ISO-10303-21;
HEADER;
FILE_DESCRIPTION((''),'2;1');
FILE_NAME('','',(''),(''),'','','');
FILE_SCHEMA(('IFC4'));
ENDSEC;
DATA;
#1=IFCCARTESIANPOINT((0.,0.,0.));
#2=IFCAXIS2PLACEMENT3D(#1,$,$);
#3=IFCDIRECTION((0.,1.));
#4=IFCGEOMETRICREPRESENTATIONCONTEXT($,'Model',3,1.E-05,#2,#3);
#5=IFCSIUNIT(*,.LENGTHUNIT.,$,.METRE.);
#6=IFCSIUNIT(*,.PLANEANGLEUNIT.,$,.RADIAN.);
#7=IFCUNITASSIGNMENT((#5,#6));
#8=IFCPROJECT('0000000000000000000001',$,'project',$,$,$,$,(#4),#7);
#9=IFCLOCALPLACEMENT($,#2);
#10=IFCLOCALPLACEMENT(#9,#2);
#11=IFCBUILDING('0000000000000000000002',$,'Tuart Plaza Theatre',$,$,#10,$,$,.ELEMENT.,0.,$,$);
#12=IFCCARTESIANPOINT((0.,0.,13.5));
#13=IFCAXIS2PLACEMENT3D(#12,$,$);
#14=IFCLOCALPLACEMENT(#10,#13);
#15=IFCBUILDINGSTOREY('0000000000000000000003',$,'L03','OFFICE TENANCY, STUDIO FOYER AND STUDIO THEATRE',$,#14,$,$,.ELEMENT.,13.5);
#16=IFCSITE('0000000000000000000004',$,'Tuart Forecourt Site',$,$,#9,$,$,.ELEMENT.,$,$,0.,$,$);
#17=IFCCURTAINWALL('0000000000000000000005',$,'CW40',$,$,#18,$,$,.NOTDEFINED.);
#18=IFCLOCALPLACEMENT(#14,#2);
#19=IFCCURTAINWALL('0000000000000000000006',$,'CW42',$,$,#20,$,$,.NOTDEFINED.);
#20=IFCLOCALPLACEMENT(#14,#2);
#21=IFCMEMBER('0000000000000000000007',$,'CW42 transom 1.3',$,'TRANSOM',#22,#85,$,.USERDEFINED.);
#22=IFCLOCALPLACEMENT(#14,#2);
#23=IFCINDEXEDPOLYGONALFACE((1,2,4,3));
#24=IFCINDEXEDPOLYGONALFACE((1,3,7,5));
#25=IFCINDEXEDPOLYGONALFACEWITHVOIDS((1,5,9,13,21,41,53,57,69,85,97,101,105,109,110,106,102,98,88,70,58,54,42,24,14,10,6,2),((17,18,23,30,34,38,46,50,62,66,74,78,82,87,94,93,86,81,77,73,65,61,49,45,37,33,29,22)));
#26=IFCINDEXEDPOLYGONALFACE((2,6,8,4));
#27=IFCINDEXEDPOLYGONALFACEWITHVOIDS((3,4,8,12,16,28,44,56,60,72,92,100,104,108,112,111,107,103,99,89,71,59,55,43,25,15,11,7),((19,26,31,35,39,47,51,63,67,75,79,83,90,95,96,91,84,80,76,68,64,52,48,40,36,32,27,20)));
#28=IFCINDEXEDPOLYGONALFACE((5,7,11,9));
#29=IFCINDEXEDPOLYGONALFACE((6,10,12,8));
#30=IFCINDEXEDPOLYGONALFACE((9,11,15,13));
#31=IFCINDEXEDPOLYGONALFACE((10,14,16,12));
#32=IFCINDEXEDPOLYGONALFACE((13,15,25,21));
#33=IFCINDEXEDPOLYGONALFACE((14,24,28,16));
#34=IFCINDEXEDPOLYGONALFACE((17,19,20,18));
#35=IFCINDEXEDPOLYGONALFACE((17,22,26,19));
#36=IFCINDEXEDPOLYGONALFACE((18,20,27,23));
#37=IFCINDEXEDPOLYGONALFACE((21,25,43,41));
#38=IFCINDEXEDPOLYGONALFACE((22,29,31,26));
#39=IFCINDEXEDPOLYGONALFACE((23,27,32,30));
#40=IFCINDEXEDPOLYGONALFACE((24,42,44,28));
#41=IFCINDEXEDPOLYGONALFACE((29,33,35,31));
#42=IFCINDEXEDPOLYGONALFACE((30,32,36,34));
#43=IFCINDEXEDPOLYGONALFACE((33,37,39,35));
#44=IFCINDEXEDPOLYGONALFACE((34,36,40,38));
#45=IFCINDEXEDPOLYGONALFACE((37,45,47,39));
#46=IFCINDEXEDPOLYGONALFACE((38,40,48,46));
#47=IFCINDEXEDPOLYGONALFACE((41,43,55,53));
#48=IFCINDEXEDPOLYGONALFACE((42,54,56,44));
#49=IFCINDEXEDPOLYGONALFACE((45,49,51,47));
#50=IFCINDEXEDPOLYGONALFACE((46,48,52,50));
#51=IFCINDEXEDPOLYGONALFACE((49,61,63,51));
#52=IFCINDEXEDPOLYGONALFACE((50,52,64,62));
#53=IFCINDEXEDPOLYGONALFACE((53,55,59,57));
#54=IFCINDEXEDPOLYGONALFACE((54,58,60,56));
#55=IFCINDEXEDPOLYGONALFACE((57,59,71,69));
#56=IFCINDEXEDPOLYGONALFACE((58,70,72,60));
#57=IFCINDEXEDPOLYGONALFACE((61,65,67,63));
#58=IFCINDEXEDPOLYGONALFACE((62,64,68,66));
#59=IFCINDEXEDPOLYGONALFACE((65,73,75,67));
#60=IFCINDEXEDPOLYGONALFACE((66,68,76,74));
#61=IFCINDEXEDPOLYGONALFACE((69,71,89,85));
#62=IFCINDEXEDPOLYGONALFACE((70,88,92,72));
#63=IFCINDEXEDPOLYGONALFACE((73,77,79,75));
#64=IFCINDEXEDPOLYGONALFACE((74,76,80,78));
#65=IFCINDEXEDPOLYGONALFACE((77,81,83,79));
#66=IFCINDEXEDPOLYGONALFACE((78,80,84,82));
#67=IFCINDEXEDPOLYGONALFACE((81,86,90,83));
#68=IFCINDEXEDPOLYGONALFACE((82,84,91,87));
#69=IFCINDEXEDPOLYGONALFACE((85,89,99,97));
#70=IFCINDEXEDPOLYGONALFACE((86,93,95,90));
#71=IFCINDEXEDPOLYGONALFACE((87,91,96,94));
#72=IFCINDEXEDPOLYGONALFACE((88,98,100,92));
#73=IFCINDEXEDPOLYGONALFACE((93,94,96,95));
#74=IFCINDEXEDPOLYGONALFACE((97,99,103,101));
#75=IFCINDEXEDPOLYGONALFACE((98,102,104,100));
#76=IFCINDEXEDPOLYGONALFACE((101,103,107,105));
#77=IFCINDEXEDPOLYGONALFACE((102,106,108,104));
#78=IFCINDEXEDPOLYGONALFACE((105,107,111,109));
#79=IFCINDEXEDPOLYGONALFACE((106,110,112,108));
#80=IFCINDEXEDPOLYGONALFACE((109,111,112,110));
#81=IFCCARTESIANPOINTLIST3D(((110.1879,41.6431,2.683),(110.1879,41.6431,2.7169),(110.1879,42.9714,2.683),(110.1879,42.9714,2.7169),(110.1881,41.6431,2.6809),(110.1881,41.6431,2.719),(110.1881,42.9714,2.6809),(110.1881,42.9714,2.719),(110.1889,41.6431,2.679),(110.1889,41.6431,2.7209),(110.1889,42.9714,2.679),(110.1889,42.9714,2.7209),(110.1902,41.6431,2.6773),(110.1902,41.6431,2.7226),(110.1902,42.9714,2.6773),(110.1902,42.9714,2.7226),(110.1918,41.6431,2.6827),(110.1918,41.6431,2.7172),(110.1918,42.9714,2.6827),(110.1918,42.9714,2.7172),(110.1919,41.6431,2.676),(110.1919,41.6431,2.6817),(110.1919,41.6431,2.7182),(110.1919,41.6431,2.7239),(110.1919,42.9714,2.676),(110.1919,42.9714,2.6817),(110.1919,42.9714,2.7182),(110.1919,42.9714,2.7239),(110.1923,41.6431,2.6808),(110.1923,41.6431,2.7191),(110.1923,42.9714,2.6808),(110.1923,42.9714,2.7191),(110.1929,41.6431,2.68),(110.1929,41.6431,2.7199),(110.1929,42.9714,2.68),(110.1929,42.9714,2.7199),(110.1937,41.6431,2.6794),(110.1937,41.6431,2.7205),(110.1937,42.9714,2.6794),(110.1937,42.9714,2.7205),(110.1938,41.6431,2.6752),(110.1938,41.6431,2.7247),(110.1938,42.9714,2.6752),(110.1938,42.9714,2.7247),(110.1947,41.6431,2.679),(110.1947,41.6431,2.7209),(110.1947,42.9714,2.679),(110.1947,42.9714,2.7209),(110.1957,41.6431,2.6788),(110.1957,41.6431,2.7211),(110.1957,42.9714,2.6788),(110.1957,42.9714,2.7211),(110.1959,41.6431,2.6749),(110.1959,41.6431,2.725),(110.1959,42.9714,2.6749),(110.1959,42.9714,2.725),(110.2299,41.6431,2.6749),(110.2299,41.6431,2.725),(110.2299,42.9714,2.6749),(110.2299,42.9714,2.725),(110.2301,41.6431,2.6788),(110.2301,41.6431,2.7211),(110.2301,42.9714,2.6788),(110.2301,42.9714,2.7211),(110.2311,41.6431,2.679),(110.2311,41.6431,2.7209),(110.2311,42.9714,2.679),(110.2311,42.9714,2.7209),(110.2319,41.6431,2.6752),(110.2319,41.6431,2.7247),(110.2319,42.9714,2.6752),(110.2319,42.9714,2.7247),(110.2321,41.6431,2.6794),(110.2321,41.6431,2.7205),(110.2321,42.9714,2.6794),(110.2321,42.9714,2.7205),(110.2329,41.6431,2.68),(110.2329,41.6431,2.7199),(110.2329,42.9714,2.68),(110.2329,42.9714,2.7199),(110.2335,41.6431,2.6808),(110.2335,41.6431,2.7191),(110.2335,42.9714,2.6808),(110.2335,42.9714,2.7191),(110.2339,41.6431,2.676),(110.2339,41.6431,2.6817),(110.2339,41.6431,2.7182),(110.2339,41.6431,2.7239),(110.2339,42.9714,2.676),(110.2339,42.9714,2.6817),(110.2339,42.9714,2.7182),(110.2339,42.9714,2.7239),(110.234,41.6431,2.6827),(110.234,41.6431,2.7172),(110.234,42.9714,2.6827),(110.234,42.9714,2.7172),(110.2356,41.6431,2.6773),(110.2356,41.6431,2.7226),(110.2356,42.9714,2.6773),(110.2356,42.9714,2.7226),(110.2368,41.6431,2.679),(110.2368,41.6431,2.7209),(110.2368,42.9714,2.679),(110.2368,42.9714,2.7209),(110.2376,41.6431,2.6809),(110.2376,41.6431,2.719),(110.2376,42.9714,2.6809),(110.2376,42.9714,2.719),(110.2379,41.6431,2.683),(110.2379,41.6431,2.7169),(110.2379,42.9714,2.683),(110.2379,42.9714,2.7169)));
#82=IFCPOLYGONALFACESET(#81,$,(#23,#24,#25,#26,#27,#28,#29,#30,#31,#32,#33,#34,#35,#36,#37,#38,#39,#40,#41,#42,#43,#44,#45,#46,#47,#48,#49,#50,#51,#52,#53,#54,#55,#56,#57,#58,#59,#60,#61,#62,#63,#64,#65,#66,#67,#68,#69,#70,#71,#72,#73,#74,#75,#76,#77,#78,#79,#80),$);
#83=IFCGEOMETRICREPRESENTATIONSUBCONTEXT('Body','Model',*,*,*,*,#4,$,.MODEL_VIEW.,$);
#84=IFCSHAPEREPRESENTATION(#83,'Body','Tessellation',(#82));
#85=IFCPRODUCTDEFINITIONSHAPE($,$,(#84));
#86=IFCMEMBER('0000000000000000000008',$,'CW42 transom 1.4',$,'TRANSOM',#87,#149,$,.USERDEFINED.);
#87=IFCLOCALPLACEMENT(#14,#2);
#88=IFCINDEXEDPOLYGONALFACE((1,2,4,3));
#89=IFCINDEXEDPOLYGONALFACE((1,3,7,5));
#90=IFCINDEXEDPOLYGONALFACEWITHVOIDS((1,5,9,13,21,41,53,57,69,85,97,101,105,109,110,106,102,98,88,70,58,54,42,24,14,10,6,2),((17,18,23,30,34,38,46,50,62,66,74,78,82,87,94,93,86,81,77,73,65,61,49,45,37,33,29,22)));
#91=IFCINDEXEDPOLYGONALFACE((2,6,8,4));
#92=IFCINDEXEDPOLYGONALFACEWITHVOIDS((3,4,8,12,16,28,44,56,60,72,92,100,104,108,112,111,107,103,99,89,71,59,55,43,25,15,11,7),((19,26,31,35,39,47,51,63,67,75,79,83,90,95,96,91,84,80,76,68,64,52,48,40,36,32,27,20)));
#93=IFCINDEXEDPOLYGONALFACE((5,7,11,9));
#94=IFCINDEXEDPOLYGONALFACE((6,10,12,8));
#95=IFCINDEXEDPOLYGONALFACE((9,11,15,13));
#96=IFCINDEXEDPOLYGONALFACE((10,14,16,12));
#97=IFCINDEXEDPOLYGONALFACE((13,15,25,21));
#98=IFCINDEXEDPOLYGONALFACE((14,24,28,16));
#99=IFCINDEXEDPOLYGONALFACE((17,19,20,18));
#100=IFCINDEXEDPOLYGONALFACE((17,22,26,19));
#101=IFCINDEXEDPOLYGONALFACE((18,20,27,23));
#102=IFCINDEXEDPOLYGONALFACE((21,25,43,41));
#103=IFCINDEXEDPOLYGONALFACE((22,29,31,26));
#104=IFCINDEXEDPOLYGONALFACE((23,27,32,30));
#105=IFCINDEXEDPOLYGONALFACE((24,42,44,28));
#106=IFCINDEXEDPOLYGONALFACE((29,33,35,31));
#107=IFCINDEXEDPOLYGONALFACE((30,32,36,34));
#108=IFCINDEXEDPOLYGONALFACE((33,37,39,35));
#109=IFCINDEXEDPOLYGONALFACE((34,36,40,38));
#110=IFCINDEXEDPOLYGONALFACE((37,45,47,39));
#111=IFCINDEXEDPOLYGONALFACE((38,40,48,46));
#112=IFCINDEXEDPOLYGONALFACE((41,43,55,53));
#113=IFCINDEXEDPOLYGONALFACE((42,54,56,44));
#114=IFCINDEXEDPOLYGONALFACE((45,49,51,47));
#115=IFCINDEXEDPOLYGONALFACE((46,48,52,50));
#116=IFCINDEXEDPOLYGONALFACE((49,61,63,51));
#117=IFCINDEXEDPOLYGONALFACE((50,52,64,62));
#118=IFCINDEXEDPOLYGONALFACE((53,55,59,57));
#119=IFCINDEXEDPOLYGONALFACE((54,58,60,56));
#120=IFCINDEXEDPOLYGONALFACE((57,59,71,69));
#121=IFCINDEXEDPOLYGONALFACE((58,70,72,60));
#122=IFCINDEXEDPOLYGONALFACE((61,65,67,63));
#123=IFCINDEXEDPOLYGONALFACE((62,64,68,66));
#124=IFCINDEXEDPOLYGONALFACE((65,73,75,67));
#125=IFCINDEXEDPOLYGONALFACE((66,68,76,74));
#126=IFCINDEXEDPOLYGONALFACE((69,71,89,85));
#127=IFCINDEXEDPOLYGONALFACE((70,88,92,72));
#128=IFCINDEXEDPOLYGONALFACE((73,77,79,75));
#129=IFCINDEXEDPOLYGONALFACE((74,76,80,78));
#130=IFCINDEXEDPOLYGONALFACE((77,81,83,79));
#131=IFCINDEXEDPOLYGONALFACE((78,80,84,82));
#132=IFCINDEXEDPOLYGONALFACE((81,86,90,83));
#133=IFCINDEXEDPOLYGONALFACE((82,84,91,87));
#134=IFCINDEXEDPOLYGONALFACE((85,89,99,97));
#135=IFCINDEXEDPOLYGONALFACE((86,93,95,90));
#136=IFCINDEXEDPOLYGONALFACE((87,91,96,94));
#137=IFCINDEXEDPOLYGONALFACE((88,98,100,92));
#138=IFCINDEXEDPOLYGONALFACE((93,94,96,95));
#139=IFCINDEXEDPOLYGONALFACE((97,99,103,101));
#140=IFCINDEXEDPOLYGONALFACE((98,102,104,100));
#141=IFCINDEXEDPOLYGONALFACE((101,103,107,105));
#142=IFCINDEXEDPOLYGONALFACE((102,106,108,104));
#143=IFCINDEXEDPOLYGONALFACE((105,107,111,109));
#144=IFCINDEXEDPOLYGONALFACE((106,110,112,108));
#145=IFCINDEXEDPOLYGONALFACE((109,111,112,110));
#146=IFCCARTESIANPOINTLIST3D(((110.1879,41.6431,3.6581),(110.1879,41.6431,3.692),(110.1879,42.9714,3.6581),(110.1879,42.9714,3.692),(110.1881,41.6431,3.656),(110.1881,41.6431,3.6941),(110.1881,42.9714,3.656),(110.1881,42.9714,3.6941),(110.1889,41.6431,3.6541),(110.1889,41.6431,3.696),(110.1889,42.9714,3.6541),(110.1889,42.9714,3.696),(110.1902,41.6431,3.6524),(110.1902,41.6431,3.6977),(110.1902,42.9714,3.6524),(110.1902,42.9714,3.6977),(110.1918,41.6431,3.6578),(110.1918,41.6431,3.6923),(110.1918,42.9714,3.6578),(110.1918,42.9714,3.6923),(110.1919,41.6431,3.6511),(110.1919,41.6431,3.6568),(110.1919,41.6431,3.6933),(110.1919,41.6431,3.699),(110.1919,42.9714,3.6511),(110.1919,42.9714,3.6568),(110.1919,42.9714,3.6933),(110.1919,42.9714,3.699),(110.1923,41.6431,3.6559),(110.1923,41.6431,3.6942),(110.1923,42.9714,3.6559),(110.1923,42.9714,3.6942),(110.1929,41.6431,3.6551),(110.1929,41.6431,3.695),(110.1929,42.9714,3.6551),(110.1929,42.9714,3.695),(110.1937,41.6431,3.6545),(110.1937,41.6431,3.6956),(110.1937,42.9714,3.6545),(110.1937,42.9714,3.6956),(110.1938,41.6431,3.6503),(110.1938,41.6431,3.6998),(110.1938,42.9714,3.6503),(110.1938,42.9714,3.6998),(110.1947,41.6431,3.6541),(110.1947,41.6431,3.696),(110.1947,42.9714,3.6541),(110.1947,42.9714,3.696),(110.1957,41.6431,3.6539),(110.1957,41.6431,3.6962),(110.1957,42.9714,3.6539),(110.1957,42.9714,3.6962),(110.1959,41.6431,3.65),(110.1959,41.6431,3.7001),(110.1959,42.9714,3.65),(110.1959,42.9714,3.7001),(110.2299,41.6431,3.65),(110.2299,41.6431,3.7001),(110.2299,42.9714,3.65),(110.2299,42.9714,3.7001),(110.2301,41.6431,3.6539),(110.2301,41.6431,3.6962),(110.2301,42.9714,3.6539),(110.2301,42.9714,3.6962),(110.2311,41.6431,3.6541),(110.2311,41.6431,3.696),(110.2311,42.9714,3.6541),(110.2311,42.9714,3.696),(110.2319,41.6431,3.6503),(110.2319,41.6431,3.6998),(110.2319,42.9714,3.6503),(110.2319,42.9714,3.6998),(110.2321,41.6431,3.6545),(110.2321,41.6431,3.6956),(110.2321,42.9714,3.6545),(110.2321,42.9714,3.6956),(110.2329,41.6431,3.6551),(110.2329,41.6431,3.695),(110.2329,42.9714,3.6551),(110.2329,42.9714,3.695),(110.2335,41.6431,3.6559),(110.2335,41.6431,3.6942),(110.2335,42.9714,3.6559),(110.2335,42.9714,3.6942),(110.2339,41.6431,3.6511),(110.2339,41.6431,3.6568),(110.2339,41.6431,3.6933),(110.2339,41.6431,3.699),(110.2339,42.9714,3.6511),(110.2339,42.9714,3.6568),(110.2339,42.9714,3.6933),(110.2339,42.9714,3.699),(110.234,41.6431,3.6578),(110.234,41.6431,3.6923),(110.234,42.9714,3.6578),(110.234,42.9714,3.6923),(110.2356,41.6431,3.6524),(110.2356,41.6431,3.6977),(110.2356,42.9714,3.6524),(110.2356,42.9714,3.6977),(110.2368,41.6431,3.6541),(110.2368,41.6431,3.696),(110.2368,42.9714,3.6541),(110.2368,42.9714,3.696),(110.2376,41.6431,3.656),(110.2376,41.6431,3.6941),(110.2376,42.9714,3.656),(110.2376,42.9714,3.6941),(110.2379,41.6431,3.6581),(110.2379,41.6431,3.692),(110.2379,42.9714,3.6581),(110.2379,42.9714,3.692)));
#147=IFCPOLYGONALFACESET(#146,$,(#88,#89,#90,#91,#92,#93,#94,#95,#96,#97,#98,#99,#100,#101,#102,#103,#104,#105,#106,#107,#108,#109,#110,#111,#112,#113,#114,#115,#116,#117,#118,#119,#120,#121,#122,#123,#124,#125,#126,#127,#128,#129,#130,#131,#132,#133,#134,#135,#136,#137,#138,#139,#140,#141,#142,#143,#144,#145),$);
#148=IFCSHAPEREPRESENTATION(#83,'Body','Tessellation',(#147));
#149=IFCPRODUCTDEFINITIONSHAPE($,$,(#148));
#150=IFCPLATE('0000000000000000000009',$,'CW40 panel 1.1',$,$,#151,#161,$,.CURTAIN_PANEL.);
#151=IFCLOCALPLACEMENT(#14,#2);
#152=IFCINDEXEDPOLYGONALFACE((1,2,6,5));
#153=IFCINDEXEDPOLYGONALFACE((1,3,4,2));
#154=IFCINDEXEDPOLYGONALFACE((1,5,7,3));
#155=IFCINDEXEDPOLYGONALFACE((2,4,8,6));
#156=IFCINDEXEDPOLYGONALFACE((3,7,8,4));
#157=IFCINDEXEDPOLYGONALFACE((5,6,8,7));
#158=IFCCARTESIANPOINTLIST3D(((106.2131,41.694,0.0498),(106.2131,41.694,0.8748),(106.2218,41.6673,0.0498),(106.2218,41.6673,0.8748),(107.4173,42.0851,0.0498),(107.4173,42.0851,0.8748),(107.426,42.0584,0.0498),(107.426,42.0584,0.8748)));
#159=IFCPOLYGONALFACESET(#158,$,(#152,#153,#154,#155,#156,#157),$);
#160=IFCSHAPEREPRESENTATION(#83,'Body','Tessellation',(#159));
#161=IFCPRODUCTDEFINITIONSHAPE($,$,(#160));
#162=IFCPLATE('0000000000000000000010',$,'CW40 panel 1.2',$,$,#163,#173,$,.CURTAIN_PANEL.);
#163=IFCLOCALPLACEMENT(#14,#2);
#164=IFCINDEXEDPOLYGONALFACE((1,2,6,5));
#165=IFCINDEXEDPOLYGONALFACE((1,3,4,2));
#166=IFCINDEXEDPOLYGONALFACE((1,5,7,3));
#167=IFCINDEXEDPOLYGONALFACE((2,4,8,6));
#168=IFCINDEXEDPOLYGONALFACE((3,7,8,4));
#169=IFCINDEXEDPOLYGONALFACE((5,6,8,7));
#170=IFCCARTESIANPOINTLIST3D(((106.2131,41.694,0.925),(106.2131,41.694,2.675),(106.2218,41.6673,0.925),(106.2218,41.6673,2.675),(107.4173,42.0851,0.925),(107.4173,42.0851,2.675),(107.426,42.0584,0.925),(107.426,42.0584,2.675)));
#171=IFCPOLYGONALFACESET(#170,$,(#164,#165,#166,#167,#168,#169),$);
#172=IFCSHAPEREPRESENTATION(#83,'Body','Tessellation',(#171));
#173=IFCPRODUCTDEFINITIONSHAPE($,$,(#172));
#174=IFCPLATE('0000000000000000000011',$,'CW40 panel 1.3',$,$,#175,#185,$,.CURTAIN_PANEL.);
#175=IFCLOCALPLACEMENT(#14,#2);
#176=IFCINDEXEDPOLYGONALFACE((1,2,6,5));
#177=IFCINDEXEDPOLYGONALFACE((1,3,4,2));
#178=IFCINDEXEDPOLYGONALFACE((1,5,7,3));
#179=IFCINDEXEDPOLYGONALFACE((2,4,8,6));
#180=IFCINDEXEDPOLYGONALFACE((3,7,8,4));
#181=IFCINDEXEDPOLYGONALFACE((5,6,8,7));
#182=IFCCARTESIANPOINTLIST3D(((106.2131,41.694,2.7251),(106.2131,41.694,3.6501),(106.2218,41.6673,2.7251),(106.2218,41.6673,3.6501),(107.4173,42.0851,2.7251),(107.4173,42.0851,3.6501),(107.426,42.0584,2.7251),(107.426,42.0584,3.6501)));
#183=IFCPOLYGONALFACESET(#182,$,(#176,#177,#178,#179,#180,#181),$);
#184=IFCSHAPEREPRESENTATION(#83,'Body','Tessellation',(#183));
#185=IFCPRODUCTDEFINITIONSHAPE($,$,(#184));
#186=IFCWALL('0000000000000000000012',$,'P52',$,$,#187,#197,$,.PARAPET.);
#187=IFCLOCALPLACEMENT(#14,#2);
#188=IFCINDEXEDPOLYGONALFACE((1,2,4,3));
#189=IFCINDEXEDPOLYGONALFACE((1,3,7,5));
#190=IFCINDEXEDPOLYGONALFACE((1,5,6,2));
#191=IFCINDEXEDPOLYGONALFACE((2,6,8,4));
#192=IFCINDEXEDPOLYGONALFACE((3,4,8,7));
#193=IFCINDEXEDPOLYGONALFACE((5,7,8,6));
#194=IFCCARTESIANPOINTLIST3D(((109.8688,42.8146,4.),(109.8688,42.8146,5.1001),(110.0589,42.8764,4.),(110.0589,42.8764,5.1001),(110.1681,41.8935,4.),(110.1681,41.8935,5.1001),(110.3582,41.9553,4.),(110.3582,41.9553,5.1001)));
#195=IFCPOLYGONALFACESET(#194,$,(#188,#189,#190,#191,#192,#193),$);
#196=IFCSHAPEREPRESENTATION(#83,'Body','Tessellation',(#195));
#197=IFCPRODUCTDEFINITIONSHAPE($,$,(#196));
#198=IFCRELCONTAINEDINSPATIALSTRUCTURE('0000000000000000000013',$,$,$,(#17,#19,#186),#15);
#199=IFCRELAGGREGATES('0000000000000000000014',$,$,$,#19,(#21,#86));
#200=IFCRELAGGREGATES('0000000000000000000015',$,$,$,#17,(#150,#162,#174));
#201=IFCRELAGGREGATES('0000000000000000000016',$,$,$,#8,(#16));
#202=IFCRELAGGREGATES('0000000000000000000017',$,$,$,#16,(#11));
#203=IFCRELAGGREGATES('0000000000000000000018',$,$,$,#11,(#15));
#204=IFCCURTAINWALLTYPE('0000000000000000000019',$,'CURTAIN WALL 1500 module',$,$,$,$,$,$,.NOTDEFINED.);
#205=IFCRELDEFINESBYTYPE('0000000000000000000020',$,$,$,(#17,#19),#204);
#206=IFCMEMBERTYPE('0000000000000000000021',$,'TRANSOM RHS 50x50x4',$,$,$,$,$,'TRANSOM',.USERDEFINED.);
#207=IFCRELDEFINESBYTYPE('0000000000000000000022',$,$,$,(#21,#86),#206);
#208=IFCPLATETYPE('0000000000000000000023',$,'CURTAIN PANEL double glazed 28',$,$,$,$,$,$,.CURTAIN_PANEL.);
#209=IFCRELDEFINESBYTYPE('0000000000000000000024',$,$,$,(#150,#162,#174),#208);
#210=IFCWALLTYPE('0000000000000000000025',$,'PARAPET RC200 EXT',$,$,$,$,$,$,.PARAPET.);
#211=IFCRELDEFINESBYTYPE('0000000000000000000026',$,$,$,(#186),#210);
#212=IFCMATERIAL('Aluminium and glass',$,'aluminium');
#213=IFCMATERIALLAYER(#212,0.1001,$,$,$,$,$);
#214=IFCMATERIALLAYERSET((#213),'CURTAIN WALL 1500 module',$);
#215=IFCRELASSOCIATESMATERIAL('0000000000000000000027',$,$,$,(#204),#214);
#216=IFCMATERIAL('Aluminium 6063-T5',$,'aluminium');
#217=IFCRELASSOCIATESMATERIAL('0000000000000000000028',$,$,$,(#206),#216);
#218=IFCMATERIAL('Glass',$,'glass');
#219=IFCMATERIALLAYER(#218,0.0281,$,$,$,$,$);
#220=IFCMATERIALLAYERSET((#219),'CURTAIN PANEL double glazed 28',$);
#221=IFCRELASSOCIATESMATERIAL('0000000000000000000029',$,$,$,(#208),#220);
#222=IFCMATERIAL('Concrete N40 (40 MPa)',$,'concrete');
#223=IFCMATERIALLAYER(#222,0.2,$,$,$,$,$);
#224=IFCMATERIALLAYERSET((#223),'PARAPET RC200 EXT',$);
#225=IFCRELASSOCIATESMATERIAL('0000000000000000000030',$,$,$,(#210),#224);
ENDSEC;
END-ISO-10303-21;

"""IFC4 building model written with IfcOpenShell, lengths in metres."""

from ifc_helpers import new_model, si_unit, direction, frame, frame_2d, origin, origin_2d, place, context, subcontext, project, spatial, rectangle, hollow_rectangle, extrude, material, layer, layer_set, material_profile, profile_set, type_object, element, aggregate, save


model = new_model("IFC4")

# Units and contexts
model_context = context("Model", 3, precision=1e-05, world=origin(), true_north=direction((0.0, 1.0)))
body_context = subcontext(model_context, "Body", "Model", "MODEL_VIEW")
ifc_project = project(units=[si_unit("LENGTHUNIT", "METRE"), si_unit("PLANEANGLEUNIT", "RADIAN")], contexts=[model_context])

# Site, building, storey
site_placement = place(None, origin())
site = spatial("IfcSite", under=ifc_project, at=site_placement, Name="Tuart Forecourt Site", CompositionType="ELEMENT", RefElevation=0.0)
building_placement = place(site_placement, origin())
building = spatial("IfcBuilding", under=site, at=building_placement, Name="Tuart Plaza Theatre", CompositionType="ELEMENT", ElevationOfRefHeight=0.0)
storey_placement = place(building_placement, frame((0.0, 0.0, 13.5)))
storey = spatial("IfcBuildingStorey", under=building, at=storey_placement, Name="L03", Description="OFFICE TENANCY, STUDIO FOYER AND STUDIO THEATRE", CompositionType="ELEMENT", Elevation=13.5)

# Curtain wall
ifc_material_1 = material(Name="Aluminium and glass", Category="aluminium")
ifc_layer_1 = layer(ifc_material_1, 0.1001)
ifc_layer_set_1 = layer_set([ifc_layer_1], Name="CURTAIN WALL 1500 module")
curtain_wall_type = type_object("IfcCurtainWallType", Name="CURTAIN WALL 1500 module", PredefinedType="NOTDEFINED", material=ifc_layer_set_1)
curtain_wall_1_placement = place(storey_placement, origin())
curtain_wall_1 = element("IfcCurtainWall", 1, at=curtain_wall_1_placement, inside=storey, type_object=curtain_wall_type, Name="CW40", PredefinedType="NOTDEFINED")

# Curtain wall
curtain_wall_2_placement = place(storey_placement, origin())
curtain_wall_2 = element("IfcCurtainWall", 2, at=curtain_wall_2_placement, inside=storey, type_object=curtain_wall_type, Name="CW42", PredefinedType="NOTDEFINED")

# Members
ifc_material_2 = material(Name="Aluminium 6063-T5", Category="aluminium")
ifc_material_profile_1 = material_profile(ifc_material_2, hollow_rectangle(XDim=0.05, YDim=0.05, WallThickness=0.0039, InnerFilletRadius=0.0039, OuterFilletRadius=0.0081, at=origin_2d()), Name="RHS 50x50x4")
ifc_profile_set_1 = profile_set([ifc_material_profile_1], Name="Aluminium 6063-T5")
member_type_1 = type_object("IfcMemberType", Name="TRANSOM RHS 50x50x4", ElementType="TRANSOM", PredefinedType="USERDEFINED", material=ifc_profile_set_1)
member_1_placement = place(storey_placement, frame((110.2129, 41.6431, 2.7), z_axis=(0.0, 1.0, 0.0), x_axis=(-1.0, 0.0, 0.0)))
member_1 = element("IfcMember", 3, at=member_1_placement, type_object=member_type_1, Name="CW42 transom 1.3", ObjectType="TRANSOM", PredefinedType="USERDEFINED", context=body_context, shape_type="SweptSolid", body=[
    extrude(hollow_rectangle(XDim=0.05, YDim=0.05, WallThickness=0.0039, InnerFilletRadius=0.0039, OuterFilletRadius=0.0081, at=origin_2d()), origin(), (0.0, 0.0, 1.0), 1.3284),
])
member_2_placement = place(storey_placement, frame((110.2129, 41.6431, 3.675), z_axis=(0.0, 1.0, 0.0), x_axis=(-1.0, 0.0, 0.0)))
member_2 = element("IfcMember", 4, at=member_2_placement, type_object=member_type_1, Name="CW42 transom 1.4", ObjectType="TRANSOM", PredefinedType="USERDEFINED", context=body_context, shape_type="SweptSolid", body=[
    extrude(hollow_rectangle(XDim=0.05, YDim=0.05, WallThickness=0.0039, InnerFilletRadius=0.0039, OuterFilletRadius=0.0081, at=origin_2d()), origin(), (0.0, 0.0, 1.0), 1.3284),
])
aggregate(curtain_wall_2, [member_1, member_2])

# Plates
ifc_material_3 = material(Name="Glass", Category="glass")
ifc_layer_2 = layer(ifc_material_3, 0.0281)
ifc_layer_set_2 = layer_set([ifc_layer_2], Name="CURTAIN PANEL double glazed 28")
plate_type = type_object("IfcPlateType", Name="CURTAIN PANEL double glazed 28", PredefinedType="CURTAIN_PANEL", material=ifc_layer_set_2)
plate_1_placement = place(storey_placement, frame((106.8196, 41.8762, 0.0498), z_axis=(0.0, 0.0, 1.0), x_axis=(0.951099, 0.308885, 0.0)))
plate_1 = element("IfcPlate", 5, at=plate_1_placement, type_object=plate_type, Name="CW40 panel 1.1", PredefinedType="CURTAIN_PANEL", context=body_context, shape_type="SweptSolid", body=[
    extrude(rectangle(XDim=1.2661, YDim=0.0281, at=origin_2d()), origin(), (0.0, 0.0, 1.0), 0.825),
])
plate_2_placement = place(storey_placement, frame((106.8196, 41.8762, 0.925), z_axis=(0.0, 0.0, 1.0), x_axis=(0.951099, 0.308885, 0.0)))
plate_2 = element("IfcPlate", 6, at=plate_2_placement, type_object=plate_type, Name="CW40 panel 1.2", PredefinedType="CURTAIN_PANEL", context=body_context, shape_type="SweptSolid", body=[
    extrude(rectangle(XDim=1.2661, YDim=0.0281, at=origin_2d()), origin(), (0.0, 0.0, 1.0), 1.75),
])
plate_3_placement = place(storey_placement, frame((106.8196, 41.8762, 2.7251), z_axis=(0.0, 0.0, 1.0), x_axis=(0.951099, 0.308885, 0.0)))
plate_3 = element("IfcPlate", 7, at=plate_3_placement, type_object=plate_type, Name="CW40 panel 1.3", PredefinedType="CURTAIN_PANEL", context=body_context, shape_type="SweptSolid", body=[
    extrude(rectangle(XDim=1.2661, YDim=0.0281, at=origin_2d()), origin(), (0.0, 0.0, 1.0), 0.925),
])
aggregate(curtain_wall_1, [plate_1, plate_2, plate_3])

# Wall
ifc_material_4 = material(Name="Concrete N40 (40 MPa)", Category="concrete")
ifc_layer_3 = layer(ifc_material_4, 0.2)
ifc_layer_set_3 = layer_set([ifc_layer_3], Name="PARAPET RC200 EXT")
wall_type_1 = type_object("IfcWallType", Name="PARAPET RC200 EXT", PredefinedType="PARAPET", material=ifc_layer_set_3)
wall_1_placement = place(storey_placement, frame((110.2632, 41.9243, 4.0), z_axis=(0.0, 0.0, 1.0), x_axis=(-0.309035, 0.951051, 0.0)))
element("IfcWall", 8, at=wall_1_placement, inside=storey, type_object=wall_type_1, Name="P52", PredefinedType="PARAPET", context=body_context, shape_type="SweptSolid", body=[
    extrude(rectangle(XDim=0.9685, YDim=0.2, at=frame_2d((0.4844, 0.0))), origin(), (0.0, 0.0, 1.0), 1.1001),
])

save(model, "model.ifc")
